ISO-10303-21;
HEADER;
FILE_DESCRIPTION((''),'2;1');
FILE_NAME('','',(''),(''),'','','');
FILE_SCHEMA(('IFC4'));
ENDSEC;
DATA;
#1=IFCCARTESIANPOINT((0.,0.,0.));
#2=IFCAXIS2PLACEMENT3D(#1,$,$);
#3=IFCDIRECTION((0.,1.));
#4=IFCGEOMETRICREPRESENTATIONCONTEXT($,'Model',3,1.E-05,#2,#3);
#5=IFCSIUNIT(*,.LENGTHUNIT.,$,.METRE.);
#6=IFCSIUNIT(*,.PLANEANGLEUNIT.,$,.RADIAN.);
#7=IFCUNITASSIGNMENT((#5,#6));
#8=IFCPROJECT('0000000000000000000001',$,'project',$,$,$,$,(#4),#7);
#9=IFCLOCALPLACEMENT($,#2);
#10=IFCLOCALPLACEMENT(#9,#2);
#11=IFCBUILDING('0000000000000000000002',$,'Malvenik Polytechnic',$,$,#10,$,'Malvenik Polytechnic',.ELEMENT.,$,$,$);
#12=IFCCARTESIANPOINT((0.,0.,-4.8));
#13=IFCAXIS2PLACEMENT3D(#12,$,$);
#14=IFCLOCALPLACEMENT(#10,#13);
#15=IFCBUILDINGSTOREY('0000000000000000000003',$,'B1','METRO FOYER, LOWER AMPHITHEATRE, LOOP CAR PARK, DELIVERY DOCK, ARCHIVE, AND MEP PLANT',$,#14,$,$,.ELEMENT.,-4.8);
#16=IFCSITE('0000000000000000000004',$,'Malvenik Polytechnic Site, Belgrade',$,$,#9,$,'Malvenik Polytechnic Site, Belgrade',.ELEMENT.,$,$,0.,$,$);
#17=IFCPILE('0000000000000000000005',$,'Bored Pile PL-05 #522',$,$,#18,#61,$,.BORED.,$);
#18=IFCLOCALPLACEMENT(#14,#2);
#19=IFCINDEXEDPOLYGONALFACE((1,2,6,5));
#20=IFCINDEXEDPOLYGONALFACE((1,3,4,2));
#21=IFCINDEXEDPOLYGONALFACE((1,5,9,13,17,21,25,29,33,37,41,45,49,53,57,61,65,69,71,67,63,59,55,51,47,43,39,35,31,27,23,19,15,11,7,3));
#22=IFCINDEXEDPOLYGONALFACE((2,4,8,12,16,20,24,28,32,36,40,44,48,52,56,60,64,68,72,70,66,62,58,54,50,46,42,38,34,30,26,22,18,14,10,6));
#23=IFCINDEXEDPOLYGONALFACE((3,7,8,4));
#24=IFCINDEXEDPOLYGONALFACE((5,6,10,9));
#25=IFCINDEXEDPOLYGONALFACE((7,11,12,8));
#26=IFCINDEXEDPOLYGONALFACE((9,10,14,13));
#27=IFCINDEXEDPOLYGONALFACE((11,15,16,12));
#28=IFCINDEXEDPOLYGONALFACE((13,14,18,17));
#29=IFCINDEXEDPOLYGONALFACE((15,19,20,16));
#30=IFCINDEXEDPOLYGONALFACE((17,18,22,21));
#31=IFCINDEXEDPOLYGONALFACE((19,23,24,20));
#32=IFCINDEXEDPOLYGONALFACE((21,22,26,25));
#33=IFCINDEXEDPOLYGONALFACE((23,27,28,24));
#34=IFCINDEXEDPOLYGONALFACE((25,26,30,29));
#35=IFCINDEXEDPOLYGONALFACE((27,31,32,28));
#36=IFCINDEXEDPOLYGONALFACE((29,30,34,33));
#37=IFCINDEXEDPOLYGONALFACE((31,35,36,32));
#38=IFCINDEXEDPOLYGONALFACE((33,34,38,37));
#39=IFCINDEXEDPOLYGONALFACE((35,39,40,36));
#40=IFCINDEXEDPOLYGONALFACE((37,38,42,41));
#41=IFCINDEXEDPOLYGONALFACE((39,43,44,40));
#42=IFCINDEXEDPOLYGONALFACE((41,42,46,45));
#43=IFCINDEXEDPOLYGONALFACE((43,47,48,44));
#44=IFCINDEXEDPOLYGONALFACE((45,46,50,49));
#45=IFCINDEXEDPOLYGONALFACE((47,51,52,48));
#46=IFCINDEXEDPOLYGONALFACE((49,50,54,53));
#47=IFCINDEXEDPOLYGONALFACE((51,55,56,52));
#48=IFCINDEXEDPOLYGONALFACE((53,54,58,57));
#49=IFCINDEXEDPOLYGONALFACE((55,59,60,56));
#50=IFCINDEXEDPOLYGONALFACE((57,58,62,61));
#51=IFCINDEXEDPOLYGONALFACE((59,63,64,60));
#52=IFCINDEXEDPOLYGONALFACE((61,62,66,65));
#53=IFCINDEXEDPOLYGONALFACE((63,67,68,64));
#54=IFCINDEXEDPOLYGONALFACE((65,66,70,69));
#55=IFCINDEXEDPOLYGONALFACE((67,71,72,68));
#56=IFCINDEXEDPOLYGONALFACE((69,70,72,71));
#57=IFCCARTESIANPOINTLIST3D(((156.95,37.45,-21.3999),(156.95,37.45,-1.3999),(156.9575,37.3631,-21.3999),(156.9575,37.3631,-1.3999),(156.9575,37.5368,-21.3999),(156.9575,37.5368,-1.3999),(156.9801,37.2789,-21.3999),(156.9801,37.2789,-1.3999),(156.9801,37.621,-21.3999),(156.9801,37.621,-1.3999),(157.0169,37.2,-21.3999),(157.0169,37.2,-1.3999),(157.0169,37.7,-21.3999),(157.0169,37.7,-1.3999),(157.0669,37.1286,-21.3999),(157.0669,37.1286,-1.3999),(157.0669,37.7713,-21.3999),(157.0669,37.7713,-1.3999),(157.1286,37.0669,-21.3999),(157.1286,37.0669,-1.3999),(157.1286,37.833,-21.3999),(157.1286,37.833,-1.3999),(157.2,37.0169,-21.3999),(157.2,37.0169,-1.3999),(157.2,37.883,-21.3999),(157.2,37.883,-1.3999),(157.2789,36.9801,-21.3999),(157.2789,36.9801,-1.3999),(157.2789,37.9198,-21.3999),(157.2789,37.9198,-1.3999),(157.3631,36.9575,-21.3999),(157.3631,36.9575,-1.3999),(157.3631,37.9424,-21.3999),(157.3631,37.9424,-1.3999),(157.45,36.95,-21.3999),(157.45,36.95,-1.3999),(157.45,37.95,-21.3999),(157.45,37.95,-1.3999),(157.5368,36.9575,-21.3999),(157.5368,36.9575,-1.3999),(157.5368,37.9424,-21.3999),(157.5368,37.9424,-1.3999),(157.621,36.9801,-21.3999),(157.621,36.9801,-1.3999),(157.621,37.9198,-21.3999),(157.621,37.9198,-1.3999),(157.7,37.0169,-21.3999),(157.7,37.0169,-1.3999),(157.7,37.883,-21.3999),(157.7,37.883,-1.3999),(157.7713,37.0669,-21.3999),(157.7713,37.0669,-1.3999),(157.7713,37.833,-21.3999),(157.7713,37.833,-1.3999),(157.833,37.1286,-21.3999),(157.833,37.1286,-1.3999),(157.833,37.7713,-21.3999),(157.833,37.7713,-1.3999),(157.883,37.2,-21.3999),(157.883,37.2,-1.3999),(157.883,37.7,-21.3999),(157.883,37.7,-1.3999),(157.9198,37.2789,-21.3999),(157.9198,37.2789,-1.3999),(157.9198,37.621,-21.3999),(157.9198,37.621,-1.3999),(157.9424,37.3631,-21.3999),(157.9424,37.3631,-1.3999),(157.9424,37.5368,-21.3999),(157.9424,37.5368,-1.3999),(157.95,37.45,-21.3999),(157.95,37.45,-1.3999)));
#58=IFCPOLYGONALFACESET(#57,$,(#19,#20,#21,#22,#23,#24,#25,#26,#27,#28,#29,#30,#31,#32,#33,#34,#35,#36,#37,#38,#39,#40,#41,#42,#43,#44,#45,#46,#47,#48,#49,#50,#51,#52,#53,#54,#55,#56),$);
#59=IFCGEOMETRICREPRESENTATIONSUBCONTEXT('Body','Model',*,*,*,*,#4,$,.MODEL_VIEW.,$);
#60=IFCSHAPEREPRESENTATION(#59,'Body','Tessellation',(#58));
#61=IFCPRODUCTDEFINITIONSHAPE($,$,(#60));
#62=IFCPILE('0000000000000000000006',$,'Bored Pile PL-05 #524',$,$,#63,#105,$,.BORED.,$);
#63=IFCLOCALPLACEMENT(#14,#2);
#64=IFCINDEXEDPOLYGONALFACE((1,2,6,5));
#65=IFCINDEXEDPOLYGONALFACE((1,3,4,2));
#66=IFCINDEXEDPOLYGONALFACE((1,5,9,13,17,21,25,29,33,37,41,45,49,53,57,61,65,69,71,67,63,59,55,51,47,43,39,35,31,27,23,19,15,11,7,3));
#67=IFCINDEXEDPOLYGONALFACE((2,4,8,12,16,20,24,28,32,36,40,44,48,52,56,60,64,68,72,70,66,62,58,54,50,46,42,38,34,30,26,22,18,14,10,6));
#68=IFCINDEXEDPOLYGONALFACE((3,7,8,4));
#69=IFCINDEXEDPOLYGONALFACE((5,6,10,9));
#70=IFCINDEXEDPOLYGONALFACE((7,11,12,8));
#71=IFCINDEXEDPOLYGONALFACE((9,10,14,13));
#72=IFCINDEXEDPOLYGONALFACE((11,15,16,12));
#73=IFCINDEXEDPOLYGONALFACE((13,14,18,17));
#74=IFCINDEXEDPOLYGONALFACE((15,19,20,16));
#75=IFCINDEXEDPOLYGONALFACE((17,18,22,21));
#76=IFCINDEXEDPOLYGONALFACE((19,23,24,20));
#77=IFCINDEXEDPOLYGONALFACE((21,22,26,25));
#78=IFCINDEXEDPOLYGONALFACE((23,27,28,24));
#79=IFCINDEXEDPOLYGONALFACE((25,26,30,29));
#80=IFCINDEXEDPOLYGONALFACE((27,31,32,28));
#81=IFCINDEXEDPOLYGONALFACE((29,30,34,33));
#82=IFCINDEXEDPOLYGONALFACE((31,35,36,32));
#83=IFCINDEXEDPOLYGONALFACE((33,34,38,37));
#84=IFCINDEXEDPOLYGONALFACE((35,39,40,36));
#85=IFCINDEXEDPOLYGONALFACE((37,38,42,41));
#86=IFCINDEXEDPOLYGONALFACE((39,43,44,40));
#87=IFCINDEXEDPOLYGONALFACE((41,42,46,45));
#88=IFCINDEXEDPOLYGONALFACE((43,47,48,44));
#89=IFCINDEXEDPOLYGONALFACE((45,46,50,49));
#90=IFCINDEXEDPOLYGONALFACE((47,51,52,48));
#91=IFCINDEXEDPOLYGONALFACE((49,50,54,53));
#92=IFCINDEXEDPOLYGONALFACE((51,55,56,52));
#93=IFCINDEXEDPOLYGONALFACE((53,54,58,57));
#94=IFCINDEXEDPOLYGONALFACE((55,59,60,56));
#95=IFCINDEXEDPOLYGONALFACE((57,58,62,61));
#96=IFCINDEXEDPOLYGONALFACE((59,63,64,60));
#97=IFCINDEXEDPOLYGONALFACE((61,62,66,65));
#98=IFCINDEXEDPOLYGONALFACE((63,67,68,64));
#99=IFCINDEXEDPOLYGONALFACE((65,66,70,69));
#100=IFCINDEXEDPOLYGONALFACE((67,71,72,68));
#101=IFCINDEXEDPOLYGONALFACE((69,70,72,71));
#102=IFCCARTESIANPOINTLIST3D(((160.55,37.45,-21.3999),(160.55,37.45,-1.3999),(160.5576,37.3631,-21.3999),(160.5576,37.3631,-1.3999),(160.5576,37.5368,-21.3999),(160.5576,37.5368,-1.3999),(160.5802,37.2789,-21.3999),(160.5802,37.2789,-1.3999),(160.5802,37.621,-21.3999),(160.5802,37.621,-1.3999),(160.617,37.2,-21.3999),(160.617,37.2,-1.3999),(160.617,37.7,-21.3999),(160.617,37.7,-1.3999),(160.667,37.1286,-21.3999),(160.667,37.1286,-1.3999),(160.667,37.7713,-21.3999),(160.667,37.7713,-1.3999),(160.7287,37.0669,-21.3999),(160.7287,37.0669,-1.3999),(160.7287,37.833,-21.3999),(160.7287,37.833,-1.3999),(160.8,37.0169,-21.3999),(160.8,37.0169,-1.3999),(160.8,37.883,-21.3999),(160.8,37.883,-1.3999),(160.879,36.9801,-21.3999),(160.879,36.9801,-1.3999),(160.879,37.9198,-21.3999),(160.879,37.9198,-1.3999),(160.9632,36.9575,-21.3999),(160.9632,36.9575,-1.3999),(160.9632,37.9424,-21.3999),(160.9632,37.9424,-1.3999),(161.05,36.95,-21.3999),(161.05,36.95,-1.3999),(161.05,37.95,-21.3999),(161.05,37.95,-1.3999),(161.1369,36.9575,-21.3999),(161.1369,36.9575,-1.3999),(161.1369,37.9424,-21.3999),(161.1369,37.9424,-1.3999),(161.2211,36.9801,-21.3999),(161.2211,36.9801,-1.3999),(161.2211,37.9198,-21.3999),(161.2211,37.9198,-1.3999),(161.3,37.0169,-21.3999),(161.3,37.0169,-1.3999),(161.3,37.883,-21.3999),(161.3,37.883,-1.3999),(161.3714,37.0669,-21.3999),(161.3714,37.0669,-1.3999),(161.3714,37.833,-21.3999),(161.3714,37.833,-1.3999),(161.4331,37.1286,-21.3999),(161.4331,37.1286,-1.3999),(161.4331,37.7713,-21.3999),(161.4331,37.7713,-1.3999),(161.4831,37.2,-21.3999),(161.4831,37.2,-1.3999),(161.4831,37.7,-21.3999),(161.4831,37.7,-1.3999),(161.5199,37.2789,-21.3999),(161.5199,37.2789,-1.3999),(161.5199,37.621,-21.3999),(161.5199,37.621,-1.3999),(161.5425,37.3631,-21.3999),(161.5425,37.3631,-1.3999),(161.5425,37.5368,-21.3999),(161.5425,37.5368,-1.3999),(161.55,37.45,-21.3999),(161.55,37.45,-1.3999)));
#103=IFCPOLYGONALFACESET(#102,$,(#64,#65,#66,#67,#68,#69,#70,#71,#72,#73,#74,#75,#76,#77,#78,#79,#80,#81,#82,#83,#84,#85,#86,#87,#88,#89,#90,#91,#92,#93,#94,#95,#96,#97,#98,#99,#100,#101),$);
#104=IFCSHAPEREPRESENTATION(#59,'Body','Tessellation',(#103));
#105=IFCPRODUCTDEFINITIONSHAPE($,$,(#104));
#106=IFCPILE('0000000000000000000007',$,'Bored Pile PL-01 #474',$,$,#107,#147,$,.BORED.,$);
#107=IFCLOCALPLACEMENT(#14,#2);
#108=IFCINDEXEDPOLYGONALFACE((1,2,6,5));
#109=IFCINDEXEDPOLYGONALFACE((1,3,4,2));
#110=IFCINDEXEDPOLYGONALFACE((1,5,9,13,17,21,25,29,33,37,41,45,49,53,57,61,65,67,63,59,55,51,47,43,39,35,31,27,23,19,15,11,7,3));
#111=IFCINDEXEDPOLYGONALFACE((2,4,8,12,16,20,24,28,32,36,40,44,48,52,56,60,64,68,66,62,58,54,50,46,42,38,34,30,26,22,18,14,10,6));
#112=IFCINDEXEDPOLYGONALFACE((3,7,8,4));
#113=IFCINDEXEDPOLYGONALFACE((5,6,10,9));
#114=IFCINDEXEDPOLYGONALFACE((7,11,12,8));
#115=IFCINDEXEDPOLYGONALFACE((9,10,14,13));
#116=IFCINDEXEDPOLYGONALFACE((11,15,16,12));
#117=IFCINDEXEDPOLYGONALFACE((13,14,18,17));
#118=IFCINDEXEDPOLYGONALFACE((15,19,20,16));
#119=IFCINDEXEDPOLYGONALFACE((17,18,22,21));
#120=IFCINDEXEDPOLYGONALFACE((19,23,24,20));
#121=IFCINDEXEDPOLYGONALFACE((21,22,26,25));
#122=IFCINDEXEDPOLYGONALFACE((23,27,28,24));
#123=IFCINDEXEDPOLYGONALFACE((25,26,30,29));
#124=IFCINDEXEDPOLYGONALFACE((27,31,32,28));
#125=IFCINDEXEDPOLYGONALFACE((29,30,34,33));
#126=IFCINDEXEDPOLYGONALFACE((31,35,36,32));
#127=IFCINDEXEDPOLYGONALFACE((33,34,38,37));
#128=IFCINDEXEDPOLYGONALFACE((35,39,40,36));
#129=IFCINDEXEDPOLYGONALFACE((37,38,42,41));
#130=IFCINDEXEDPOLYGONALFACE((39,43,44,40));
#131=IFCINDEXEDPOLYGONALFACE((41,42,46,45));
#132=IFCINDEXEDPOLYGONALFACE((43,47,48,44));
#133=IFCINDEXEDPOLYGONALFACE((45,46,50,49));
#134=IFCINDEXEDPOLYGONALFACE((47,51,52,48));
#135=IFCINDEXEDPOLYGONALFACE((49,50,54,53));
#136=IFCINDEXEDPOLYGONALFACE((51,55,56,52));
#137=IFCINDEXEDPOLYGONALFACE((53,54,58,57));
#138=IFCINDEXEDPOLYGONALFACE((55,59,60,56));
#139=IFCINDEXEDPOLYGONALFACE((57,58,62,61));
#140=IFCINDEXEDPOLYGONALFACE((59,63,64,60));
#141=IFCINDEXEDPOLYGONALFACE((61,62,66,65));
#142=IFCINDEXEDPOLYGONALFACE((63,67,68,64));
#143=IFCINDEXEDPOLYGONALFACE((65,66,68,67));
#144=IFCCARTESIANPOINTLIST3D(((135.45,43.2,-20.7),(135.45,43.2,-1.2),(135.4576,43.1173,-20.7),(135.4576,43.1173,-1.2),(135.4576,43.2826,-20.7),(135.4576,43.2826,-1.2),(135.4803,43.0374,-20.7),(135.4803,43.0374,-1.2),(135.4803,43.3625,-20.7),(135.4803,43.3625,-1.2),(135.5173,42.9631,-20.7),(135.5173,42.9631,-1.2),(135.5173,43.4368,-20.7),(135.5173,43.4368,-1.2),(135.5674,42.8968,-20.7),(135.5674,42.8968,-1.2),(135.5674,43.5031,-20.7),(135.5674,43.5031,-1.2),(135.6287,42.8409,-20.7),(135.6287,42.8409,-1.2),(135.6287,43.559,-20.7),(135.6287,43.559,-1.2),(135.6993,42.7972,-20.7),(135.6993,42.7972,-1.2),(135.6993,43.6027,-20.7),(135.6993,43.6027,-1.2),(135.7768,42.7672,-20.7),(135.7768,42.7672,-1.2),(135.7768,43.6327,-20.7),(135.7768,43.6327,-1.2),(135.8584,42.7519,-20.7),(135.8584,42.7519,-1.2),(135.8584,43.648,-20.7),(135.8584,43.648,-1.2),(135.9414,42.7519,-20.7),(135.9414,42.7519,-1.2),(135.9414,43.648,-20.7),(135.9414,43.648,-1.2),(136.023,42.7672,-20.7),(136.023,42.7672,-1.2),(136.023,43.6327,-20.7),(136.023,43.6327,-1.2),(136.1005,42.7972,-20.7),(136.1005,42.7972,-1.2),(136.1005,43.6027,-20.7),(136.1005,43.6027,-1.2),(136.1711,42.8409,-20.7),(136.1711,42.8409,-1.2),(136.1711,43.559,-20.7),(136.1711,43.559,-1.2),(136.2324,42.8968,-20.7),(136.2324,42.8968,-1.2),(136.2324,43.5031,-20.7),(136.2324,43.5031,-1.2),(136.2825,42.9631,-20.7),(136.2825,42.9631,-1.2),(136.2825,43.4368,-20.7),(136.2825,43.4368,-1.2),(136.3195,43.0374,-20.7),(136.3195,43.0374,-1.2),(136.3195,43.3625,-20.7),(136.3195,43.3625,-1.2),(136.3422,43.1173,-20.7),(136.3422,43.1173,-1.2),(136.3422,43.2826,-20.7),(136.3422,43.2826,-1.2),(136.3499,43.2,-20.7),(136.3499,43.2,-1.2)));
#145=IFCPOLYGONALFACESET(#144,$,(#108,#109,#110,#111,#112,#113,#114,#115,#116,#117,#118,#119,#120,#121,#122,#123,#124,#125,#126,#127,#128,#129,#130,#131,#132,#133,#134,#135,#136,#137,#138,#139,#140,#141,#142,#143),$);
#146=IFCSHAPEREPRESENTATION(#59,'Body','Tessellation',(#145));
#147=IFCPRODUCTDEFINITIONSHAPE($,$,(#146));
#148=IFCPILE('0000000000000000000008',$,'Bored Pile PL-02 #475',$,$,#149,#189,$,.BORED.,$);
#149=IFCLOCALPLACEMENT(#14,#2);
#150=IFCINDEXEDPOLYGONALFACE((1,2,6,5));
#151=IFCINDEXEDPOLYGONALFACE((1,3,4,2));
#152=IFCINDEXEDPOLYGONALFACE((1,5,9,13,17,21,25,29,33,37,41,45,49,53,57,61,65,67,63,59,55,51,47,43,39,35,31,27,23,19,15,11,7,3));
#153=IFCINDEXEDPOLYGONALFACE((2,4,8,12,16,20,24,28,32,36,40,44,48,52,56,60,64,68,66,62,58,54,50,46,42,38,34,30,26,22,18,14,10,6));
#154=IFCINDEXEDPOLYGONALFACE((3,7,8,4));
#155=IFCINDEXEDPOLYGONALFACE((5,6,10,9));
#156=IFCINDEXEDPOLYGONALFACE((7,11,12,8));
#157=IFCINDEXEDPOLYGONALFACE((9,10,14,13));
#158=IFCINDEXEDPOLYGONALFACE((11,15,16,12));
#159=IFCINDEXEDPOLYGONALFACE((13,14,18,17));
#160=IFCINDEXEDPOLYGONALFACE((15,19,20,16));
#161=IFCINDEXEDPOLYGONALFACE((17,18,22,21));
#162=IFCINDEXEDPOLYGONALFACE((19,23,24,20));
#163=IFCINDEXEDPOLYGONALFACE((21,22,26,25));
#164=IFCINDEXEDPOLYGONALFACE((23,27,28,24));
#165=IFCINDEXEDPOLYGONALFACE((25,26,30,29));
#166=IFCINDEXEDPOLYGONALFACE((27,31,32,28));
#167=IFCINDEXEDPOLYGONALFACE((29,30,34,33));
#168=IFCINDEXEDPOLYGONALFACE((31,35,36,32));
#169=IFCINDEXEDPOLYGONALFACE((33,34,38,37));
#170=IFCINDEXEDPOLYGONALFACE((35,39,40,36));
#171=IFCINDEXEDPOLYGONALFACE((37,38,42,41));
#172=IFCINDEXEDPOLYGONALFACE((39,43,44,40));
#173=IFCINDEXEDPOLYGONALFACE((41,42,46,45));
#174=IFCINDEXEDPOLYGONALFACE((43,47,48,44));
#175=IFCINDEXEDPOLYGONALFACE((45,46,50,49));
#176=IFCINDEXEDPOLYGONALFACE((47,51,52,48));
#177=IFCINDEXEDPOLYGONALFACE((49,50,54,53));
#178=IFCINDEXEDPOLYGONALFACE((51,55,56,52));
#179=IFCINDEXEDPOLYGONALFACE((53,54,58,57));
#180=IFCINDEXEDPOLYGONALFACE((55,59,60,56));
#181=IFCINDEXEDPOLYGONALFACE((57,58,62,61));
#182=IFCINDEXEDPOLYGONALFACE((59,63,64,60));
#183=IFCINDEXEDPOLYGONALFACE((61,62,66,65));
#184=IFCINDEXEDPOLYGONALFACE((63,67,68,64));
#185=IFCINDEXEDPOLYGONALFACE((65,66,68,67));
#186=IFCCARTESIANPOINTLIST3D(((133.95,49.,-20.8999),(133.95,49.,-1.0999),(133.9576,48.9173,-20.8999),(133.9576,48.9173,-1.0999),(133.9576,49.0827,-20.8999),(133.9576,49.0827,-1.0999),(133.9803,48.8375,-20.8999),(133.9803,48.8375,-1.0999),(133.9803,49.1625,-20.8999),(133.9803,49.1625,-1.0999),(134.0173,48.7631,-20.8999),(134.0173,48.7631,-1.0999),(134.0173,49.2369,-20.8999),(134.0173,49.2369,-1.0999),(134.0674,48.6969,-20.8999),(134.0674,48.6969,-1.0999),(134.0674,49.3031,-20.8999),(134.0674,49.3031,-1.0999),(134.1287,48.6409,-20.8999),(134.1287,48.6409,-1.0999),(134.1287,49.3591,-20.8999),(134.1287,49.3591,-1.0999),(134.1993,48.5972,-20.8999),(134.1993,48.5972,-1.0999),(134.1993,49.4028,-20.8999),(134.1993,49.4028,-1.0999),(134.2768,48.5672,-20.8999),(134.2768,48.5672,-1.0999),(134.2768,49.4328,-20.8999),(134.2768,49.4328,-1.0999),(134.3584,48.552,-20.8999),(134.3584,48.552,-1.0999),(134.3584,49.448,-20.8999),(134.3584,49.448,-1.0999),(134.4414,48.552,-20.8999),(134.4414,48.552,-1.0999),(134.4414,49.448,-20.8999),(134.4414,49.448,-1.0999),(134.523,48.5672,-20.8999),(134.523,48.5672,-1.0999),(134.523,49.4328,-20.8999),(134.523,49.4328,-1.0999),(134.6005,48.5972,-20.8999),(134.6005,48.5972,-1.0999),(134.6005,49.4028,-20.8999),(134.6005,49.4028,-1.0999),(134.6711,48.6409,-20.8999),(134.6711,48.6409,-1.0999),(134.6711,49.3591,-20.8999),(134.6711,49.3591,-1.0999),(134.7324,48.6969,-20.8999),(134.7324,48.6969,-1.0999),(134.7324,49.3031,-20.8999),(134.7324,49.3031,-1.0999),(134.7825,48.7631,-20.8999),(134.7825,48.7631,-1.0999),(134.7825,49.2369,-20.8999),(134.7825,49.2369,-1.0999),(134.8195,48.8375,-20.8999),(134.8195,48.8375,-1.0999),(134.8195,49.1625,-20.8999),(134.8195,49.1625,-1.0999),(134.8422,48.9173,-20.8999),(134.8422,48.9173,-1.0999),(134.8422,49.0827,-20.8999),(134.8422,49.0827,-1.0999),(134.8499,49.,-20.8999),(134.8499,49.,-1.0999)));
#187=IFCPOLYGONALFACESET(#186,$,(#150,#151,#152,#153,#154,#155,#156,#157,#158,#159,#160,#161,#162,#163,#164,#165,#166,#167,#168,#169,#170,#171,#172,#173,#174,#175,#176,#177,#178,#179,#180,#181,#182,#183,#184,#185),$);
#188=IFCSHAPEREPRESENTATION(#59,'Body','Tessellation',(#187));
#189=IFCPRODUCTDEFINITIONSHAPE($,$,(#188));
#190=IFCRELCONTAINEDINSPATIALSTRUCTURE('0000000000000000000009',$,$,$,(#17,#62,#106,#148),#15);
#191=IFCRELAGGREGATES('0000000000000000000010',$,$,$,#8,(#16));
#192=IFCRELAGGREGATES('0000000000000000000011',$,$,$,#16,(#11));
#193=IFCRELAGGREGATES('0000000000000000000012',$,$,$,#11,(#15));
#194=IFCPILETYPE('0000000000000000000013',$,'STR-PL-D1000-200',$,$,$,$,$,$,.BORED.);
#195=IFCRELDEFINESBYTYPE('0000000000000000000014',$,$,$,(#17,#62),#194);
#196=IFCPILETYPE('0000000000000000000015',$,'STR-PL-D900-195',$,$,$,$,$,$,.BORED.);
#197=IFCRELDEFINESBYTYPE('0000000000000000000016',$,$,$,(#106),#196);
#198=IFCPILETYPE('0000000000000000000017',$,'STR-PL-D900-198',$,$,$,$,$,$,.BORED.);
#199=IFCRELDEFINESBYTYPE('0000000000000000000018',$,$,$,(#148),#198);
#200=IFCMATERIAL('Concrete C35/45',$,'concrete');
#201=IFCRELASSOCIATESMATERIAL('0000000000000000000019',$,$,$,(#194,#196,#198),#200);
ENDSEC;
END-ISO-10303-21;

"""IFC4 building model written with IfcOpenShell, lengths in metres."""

from ifc_helpers import new_model, si_unit, direction, frame, origin, origin_2d, place, context, subcontext, project, spatial, circle, extrude, material, material_profile, profile_set, type_object, element, save


model = new_model("IFC4")

# Units and contexts
model_context = context("Model", 3, precision=1e-05, world=origin(), true_north=direction((0.0, 1.0)))
body_context = subcontext(model_context, "Body", "Model", "MODEL_VIEW")
ifc_project = project(units=[si_unit("LENGTHUNIT", "METRE"), si_unit("PLANEANGLEUNIT", "RADIAN")], contexts=[model_context])

# Site, building, storey
site_placement = place(None, origin())
site = spatial("IfcSite", under=ifc_project, at=site_placement, Name="Malvenik Polytechnic Site, Belgrade", LongName="Malvenik Polytechnic Site, Belgrade", CompositionType="ELEMENT", RefElevation=0.0)
building_placement = place(site_placement, origin())
building = spatial("IfcBuilding", under=site, at=building_placement, Name="Malvenik Polytechnic", LongName="Malvenik Polytechnic", CompositionType="ELEMENT")
storey_placement = place(building_placement, frame((0.0, 0.0, -4.8)))
storey = spatial("IfcBuildingStorey", under=building, at=storey_placement, Name="B1", Description="METRO FOYER, LOWER AMPHITHEATRE, LOOP CAR PARK, DELIVERY DOCK, ARCHIVE, AND MEP PLANT", CompositionType="ELEMENT", Elevation=-4.8)

# Shared definitions
ifc_material = material(Name="Concrete C35/45", Category="concrete")

# Piles
ifc_material_profile_1 = material_profile(ifc_material, circle(Radius=0.5, at=origin_2d()), Name="BORED PILE D1000")
ifc_profile_set_1 = profile_set([ifc_material_profile_1], Name="Concrete C35/45")
pile_type_1 = type_object("IfcPileType", Name="STR-PL-D1000-200", PredefinedType="BORED", material=ifc_profile_set_1)
for number, where, z_axis, x_axis, name in (
    (1, (157.45, 37.45, -1.3999), (0.0, 0.0, -1.0), (1.0, 0.0, 0.0), "Bored Pile PL-05 #522"),
    (2, (161.05, 37.45, -1.3999), (0.0, 0.0, -1.0), (1.0, 0.0, 0.0), "Bored Pile PL-05 #524"),
):
    element("IfcPile", number, at=place(storey_placement, frame(where, z_axis=z_axis, x_axis=x_axis)), inside=storey, type_object=pile_type_1, Name=name, PredefinedType="BORED", context=body_context, shape_type="SweptSolid", body=[
        extrude(circle(Radius=0.5, at=origin_2d()), origin(), (0.0, 0.0, 1.0), 20.0),
    ])
ifc_material_profile_2 = material_profile(ifc_material, circle(Radius=0.45, at=origin_2d()), Name="BORED PILE D900")
ifc_profile_set_2 = profile_set([ifc_material_profile_2], Name="Concrete C35/45")
pile_type_2 = type_object("IfcPileType", Name="STR-PL-D900-195", PredefinedType="BORED", material=ifc_profile_set_2)
pile_placement = place(storey_placement, frame((135.8999, 43.2, -1.2), z_axis=(0.0, 0.0, -1.0), x_axis=(1.0, 0.0, 0.0)))
element("IfcPile", 3, at=pile_placement, inside=storey, type_object=pile_type_2, Name="Bored Pile PL-01 #474", PredefinedType="BORED", context=body_context, shape_type="SweptSolid", body=[
    extrude(circle(Radius=0.45, at=origin_2d()), origin(), (0.0, 0.0, 1.0), 19.5),
])
ifc_material_profile_3 = material_profile(ifc_material, circle(Radius=0.45, at=origin_2d()), Name="BORED PILE D900")
ifc_profile_set_3 = profile_set([ifc_material_profile_3], Name="Concrete C35/45")
pile_type_3 = type_object("IfcPileType", Name="STR-PL-D900-198", PredefinedType="BORED", material=ifc_profile_set_3)
for number, where, z_axis, x_axis, name in (
    (4, (134.3999, 49.0, -1.0999), (0.0, 0.0, -1.0), (1.0, 0.0, 0.0), "Bored Pile PL-02 #475"),
):
    element("IfcPile", number, at=place(storey_placement, frame(where, z_axis=z_axis, x_axis=x_axis)), inside=storey, type_object=pile_type_3, Name=name, PredefinedType="BORED", context=body_context, shape_type="SweptSolid", body=[
        extrude(circle(Radius=0.45, at=origin_2d()), origin(), (0.0, 0.0, 1.0), 19.8),
    ])

save(model, "model.ifc")
